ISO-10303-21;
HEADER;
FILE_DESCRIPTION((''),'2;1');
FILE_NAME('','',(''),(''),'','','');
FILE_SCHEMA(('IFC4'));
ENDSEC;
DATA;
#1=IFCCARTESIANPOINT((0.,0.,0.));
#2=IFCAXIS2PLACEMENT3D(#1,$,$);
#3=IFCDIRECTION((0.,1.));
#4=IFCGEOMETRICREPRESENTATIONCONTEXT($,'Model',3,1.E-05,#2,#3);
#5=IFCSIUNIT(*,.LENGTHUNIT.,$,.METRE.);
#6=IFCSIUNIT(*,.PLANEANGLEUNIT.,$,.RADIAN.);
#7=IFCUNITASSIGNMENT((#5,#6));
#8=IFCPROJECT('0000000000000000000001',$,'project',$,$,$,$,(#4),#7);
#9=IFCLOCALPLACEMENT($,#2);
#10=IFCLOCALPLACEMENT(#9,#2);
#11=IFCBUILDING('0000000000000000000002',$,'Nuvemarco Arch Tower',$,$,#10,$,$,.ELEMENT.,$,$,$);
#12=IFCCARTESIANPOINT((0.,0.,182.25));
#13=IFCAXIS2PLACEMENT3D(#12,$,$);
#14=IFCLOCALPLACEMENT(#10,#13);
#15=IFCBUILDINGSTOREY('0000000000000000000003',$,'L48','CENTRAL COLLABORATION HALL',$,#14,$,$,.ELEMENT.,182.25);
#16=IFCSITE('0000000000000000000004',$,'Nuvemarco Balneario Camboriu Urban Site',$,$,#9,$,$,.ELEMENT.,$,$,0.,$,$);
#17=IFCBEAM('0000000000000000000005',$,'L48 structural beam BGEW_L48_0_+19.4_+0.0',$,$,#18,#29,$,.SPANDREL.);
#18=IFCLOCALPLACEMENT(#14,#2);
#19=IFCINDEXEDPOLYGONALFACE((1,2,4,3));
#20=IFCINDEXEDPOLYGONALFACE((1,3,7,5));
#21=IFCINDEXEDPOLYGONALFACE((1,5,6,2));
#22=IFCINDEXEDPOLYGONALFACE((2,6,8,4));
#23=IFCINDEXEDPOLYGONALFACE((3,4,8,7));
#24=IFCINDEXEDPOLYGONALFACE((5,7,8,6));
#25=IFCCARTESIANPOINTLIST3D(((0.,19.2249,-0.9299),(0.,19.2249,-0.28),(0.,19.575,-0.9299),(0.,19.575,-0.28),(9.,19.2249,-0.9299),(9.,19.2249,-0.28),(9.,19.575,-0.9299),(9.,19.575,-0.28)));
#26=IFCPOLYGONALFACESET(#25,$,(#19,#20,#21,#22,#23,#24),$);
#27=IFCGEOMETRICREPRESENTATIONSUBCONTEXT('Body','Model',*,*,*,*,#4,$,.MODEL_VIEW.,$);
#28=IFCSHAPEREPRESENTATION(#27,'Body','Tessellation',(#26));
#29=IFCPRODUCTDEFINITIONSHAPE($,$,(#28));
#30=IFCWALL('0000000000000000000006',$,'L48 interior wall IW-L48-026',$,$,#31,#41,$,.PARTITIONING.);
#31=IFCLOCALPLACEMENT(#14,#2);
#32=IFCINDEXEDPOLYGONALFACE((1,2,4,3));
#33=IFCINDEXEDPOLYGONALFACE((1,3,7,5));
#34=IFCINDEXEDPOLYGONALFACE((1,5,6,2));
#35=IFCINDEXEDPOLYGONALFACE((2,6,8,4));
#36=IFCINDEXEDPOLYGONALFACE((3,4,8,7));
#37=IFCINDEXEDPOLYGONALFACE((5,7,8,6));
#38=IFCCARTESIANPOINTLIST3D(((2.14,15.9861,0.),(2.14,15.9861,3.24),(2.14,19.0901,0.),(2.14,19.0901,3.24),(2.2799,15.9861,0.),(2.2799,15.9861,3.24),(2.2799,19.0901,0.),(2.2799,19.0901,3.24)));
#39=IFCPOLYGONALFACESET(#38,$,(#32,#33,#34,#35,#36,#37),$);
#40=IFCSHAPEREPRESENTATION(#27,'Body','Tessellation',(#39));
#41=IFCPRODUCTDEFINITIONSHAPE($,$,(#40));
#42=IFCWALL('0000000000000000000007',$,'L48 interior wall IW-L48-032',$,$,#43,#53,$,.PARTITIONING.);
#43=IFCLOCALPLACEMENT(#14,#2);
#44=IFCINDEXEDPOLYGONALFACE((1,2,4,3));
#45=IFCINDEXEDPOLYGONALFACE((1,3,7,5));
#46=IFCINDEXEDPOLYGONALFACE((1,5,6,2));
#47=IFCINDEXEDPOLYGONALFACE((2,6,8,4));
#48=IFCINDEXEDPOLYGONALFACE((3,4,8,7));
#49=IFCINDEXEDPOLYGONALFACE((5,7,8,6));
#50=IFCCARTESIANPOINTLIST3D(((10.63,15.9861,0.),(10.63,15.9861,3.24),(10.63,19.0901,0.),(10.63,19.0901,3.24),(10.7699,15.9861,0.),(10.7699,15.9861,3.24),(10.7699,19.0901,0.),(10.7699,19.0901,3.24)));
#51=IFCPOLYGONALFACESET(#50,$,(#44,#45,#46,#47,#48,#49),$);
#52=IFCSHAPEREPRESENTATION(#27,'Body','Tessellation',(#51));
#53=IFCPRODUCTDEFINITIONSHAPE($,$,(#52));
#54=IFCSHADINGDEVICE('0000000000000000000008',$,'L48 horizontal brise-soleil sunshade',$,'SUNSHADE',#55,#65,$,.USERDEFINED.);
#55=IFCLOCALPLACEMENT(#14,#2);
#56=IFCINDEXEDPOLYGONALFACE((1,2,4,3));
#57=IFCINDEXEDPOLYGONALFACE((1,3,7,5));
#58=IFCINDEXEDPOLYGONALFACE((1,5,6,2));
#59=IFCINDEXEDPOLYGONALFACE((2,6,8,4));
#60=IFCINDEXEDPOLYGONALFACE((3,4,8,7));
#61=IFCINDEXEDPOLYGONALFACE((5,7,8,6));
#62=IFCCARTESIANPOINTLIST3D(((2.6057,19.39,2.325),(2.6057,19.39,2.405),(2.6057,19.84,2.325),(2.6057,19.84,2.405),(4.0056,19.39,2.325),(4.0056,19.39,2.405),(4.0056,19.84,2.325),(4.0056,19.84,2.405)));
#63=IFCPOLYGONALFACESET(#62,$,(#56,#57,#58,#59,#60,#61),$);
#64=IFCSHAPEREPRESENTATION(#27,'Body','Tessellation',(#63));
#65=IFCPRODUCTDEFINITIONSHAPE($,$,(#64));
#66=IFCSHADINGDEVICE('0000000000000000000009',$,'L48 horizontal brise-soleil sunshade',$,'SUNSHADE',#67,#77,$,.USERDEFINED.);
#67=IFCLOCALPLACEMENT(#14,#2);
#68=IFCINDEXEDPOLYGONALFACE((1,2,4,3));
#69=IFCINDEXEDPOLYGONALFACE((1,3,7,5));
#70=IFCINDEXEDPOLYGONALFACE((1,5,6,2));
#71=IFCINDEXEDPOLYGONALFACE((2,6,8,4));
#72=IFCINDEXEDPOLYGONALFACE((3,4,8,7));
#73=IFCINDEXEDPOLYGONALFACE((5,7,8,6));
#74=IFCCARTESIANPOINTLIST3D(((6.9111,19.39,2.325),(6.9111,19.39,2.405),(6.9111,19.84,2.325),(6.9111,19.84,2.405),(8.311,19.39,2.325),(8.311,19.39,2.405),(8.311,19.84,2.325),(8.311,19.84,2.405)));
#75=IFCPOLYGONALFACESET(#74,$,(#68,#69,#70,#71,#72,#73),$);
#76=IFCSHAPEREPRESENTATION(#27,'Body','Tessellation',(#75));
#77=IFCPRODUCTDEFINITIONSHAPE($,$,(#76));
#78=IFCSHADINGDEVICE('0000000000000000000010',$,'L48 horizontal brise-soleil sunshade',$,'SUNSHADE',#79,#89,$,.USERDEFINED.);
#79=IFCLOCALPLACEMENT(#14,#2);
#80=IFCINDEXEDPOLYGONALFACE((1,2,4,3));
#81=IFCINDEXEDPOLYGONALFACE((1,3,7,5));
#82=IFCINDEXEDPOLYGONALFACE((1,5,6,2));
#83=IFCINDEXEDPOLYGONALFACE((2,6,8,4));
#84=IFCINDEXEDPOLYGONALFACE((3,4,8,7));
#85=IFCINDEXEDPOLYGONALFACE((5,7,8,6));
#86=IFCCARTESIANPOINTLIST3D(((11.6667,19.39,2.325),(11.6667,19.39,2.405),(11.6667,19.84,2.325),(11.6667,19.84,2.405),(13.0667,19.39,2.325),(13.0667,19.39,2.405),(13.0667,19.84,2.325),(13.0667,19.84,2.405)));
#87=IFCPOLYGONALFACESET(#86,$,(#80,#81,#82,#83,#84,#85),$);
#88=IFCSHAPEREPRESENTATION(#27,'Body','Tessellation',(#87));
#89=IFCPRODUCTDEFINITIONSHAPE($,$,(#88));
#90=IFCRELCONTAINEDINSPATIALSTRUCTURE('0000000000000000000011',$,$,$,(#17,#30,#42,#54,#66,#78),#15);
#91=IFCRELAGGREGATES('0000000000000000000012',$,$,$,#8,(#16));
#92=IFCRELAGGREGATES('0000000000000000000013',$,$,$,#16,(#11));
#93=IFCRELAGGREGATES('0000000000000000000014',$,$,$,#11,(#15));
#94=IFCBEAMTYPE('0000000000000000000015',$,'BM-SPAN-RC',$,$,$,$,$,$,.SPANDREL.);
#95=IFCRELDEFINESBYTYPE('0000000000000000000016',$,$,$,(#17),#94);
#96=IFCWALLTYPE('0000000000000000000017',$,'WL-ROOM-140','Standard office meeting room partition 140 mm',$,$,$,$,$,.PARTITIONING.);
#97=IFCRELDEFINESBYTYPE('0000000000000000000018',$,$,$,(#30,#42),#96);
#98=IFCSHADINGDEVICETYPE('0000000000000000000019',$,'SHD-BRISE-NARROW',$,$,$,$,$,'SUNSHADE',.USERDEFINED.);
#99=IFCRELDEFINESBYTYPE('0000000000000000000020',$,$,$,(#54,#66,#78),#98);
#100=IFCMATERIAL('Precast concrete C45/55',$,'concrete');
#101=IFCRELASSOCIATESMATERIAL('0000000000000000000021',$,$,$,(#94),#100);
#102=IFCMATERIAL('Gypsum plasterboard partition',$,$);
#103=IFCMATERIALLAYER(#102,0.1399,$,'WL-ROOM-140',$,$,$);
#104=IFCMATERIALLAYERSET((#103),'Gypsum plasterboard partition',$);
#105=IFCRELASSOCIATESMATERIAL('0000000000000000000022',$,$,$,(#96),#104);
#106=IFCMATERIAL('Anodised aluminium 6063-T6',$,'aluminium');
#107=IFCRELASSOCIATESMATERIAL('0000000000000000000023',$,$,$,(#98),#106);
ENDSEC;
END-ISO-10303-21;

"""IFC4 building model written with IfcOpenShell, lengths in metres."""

from ifc_helpers import new_model, si_unit, direction, frame, frame_2d, origin, origin_2d, place, context, subcontext, project, spatial, rectangle, extrude, source, transform, mapped, material, layer, layer_set, material_profile, profile_set, type_object, type_shapes, element, save


model = new_model("IFC4")

# Units and contexts
model_context = context("Model", 3, precision=1e-05, world=origin(), true_north=direction((0.0, 1.0)))
body_context = subcontext(model_context, "Body", "Model", "MODEL_VIEW")
ifc_project = project(units=[si_unit("LENGTHUNIT", "METRE"), si_unit("PLANEANGLEUNIT", "RADIAN")], contexts=[model_context])

# Site, building, storey
site_placement = place(None, origin())
site = spatial("IfcSite", under=ifc_project, at=site_placement, Name="Nuvemarco Balneario Camboriu Urban Site", CompositionType="ELEMENT", RefElevation=0.0)
building_placement = place(site_placement, origin())
building = spatial("IfcBuilding", under=site, at=building_placement, Name="Nuvemarco Arch Tower", CompositionType="ELEMENT")
storey_placement = place(building_placement, frame((0.0, 0.0, 182.25)))
storey = spatial("IfcBuildingStorey", under=building, at=storey_placement, Name="L48", Description="CENTRAL COLLABORATION HALL", CompositionType="ELEMENT", Elevation=182.25)

# Beam
ifc_material_1 = material(Name="Precast concrete C45/55", Category="concrete")
ifc_material_profile_1 = material_profile(ifc_material_1, rectangle(XDim=0.3501, YDim=0.6499, at=origin_2d()), Name="PC-SP-350x650")
ifc_profile_set_1 = profile_set([ifc_material_profile_1], Name="Precast concrete C45/55")
beam_type_1 = type_object("IfcBeamType", Name="BM-SPAN-RC", PredefinedType="SPANDREL", material=ifc_profile_set_1)
beam_1_placement = place(storey_placement, frame((0.0, 19.3999, -0.605), z_axis=(1.0, 0.0, 0.0), x_axis=(0.0, 1.0, 0.0)))
element("IfcBeam", 1, at=beam_1_placement, inside=storey, type_object=beam_type_1, Name="L48 structural beam BGEW_L48_0_+19.4_+0.0", PredefinedType="SPANDREL", context=body_context, shape_type="SweptSolid", body=[
    extrude(rectangle(XDim=0.3501, YDim=0.6499, at=origin_2d()), origin(), (0.0, 0.0, 1.0), 9.0),
])

# Walls
ifc_material_2 = material(Name="Gypsum plasterboard partition")
ifc_layer = layer(ifc_material_2, 0.1399, Name="WL-ROOM-140")
ifc_layer_set = layer_set([ifc_layer], Name="Gypsum plasterboard partition")
wall_type = type_object("IfcWallType", Name="WL-ROOM-140", Description="Standard office meeting room partition 140 mm", PredefinedType="PARTITIONING", material=ifc_layer_set)
for number, where, z_axis, x_axis, name in (
    (2, (2.21, 15.9861, 0.0), (0.0, 0.0, 1.0), (0.0, 1.0, 0.0), "L48 interior wall IW-L48-026"),
    (3, (10.7, 15.9861, 0.0), (0.0, 0.0, 1.0), (0.0, 1.0, 0.0), "L48 interior wall IW-L48-032"),
):
    element("IfcWall", number, at=place(storey_placement, frame(where, z_axis=z_axis, x_axis=x_axis)), inside=storey, type_object=wall_type, Name=name, PredefinedType="PARTITIONING", context=body_context, shape_type="SweptSolid", body=[
        extrude(rectangle(XDim=3.104, YDim=0.1399, at=frame_2d((1.552, 0.0))), origin(), (0.0, 0.0, 1.0), 3.24),
    ])

# Shading devices
ifc_material_3 = material(Name="Anodised aluminium 6063-T6", Category="aluminium")
shading_device_type = type_object("IfcShadingDeviceType", Name="SHD-BRISE-NARROW", ElementType="SUNSHADE", PredefinedType="USERDEFINED", material=ifc_material_3)
shared_shape = source(origin(), body_context, "Body", "SweptSolid", [
    extrude(rectangle(XDim=1.3999, YDim=0.45, at=origin_2d()), origin(), (0.0, 0.0, 1.0), 0.0801),
])
type_shapes(shading_device_type, [shared_shape])
for number, where, z_axis, x_axis, name in (
    (4, (3.3057, 19.615, 2.325), (0.0, 0.0, 1.0), (1.0, 0.0, 0.0), "L48 horizontal brise-soleil sunshade"),
    (5, (7.6111, 19.615, 2.325), (0.0, 0.0, 1.0), (1.0, 0.0, 0.0), "L48 horizontal brise-soleil sunshade"),
    (6, (12.3667, 19.615, 2.325), (0.0, 0.0, 1.0), (1.0, 0.0, 0.0), "L48 horizontal brise-soleil sunshade"),
):
    element("IfcShadingDevice", number, at=place(storey_placement, frame(where, z_axis=z_axis, x_axis=x_axis)), inside=storey, type_object=shading_device_type, Name=name, ObjectType="SUNSHADE", PredefinedType="USERDEFINED", context=body_context, shape_type="MappedRepresentation", body=[
        mapped(shared_shape, transform((0.0, 0.0, 0.0), scale=1.0)),
    ])

save(model, "model.ifc")
